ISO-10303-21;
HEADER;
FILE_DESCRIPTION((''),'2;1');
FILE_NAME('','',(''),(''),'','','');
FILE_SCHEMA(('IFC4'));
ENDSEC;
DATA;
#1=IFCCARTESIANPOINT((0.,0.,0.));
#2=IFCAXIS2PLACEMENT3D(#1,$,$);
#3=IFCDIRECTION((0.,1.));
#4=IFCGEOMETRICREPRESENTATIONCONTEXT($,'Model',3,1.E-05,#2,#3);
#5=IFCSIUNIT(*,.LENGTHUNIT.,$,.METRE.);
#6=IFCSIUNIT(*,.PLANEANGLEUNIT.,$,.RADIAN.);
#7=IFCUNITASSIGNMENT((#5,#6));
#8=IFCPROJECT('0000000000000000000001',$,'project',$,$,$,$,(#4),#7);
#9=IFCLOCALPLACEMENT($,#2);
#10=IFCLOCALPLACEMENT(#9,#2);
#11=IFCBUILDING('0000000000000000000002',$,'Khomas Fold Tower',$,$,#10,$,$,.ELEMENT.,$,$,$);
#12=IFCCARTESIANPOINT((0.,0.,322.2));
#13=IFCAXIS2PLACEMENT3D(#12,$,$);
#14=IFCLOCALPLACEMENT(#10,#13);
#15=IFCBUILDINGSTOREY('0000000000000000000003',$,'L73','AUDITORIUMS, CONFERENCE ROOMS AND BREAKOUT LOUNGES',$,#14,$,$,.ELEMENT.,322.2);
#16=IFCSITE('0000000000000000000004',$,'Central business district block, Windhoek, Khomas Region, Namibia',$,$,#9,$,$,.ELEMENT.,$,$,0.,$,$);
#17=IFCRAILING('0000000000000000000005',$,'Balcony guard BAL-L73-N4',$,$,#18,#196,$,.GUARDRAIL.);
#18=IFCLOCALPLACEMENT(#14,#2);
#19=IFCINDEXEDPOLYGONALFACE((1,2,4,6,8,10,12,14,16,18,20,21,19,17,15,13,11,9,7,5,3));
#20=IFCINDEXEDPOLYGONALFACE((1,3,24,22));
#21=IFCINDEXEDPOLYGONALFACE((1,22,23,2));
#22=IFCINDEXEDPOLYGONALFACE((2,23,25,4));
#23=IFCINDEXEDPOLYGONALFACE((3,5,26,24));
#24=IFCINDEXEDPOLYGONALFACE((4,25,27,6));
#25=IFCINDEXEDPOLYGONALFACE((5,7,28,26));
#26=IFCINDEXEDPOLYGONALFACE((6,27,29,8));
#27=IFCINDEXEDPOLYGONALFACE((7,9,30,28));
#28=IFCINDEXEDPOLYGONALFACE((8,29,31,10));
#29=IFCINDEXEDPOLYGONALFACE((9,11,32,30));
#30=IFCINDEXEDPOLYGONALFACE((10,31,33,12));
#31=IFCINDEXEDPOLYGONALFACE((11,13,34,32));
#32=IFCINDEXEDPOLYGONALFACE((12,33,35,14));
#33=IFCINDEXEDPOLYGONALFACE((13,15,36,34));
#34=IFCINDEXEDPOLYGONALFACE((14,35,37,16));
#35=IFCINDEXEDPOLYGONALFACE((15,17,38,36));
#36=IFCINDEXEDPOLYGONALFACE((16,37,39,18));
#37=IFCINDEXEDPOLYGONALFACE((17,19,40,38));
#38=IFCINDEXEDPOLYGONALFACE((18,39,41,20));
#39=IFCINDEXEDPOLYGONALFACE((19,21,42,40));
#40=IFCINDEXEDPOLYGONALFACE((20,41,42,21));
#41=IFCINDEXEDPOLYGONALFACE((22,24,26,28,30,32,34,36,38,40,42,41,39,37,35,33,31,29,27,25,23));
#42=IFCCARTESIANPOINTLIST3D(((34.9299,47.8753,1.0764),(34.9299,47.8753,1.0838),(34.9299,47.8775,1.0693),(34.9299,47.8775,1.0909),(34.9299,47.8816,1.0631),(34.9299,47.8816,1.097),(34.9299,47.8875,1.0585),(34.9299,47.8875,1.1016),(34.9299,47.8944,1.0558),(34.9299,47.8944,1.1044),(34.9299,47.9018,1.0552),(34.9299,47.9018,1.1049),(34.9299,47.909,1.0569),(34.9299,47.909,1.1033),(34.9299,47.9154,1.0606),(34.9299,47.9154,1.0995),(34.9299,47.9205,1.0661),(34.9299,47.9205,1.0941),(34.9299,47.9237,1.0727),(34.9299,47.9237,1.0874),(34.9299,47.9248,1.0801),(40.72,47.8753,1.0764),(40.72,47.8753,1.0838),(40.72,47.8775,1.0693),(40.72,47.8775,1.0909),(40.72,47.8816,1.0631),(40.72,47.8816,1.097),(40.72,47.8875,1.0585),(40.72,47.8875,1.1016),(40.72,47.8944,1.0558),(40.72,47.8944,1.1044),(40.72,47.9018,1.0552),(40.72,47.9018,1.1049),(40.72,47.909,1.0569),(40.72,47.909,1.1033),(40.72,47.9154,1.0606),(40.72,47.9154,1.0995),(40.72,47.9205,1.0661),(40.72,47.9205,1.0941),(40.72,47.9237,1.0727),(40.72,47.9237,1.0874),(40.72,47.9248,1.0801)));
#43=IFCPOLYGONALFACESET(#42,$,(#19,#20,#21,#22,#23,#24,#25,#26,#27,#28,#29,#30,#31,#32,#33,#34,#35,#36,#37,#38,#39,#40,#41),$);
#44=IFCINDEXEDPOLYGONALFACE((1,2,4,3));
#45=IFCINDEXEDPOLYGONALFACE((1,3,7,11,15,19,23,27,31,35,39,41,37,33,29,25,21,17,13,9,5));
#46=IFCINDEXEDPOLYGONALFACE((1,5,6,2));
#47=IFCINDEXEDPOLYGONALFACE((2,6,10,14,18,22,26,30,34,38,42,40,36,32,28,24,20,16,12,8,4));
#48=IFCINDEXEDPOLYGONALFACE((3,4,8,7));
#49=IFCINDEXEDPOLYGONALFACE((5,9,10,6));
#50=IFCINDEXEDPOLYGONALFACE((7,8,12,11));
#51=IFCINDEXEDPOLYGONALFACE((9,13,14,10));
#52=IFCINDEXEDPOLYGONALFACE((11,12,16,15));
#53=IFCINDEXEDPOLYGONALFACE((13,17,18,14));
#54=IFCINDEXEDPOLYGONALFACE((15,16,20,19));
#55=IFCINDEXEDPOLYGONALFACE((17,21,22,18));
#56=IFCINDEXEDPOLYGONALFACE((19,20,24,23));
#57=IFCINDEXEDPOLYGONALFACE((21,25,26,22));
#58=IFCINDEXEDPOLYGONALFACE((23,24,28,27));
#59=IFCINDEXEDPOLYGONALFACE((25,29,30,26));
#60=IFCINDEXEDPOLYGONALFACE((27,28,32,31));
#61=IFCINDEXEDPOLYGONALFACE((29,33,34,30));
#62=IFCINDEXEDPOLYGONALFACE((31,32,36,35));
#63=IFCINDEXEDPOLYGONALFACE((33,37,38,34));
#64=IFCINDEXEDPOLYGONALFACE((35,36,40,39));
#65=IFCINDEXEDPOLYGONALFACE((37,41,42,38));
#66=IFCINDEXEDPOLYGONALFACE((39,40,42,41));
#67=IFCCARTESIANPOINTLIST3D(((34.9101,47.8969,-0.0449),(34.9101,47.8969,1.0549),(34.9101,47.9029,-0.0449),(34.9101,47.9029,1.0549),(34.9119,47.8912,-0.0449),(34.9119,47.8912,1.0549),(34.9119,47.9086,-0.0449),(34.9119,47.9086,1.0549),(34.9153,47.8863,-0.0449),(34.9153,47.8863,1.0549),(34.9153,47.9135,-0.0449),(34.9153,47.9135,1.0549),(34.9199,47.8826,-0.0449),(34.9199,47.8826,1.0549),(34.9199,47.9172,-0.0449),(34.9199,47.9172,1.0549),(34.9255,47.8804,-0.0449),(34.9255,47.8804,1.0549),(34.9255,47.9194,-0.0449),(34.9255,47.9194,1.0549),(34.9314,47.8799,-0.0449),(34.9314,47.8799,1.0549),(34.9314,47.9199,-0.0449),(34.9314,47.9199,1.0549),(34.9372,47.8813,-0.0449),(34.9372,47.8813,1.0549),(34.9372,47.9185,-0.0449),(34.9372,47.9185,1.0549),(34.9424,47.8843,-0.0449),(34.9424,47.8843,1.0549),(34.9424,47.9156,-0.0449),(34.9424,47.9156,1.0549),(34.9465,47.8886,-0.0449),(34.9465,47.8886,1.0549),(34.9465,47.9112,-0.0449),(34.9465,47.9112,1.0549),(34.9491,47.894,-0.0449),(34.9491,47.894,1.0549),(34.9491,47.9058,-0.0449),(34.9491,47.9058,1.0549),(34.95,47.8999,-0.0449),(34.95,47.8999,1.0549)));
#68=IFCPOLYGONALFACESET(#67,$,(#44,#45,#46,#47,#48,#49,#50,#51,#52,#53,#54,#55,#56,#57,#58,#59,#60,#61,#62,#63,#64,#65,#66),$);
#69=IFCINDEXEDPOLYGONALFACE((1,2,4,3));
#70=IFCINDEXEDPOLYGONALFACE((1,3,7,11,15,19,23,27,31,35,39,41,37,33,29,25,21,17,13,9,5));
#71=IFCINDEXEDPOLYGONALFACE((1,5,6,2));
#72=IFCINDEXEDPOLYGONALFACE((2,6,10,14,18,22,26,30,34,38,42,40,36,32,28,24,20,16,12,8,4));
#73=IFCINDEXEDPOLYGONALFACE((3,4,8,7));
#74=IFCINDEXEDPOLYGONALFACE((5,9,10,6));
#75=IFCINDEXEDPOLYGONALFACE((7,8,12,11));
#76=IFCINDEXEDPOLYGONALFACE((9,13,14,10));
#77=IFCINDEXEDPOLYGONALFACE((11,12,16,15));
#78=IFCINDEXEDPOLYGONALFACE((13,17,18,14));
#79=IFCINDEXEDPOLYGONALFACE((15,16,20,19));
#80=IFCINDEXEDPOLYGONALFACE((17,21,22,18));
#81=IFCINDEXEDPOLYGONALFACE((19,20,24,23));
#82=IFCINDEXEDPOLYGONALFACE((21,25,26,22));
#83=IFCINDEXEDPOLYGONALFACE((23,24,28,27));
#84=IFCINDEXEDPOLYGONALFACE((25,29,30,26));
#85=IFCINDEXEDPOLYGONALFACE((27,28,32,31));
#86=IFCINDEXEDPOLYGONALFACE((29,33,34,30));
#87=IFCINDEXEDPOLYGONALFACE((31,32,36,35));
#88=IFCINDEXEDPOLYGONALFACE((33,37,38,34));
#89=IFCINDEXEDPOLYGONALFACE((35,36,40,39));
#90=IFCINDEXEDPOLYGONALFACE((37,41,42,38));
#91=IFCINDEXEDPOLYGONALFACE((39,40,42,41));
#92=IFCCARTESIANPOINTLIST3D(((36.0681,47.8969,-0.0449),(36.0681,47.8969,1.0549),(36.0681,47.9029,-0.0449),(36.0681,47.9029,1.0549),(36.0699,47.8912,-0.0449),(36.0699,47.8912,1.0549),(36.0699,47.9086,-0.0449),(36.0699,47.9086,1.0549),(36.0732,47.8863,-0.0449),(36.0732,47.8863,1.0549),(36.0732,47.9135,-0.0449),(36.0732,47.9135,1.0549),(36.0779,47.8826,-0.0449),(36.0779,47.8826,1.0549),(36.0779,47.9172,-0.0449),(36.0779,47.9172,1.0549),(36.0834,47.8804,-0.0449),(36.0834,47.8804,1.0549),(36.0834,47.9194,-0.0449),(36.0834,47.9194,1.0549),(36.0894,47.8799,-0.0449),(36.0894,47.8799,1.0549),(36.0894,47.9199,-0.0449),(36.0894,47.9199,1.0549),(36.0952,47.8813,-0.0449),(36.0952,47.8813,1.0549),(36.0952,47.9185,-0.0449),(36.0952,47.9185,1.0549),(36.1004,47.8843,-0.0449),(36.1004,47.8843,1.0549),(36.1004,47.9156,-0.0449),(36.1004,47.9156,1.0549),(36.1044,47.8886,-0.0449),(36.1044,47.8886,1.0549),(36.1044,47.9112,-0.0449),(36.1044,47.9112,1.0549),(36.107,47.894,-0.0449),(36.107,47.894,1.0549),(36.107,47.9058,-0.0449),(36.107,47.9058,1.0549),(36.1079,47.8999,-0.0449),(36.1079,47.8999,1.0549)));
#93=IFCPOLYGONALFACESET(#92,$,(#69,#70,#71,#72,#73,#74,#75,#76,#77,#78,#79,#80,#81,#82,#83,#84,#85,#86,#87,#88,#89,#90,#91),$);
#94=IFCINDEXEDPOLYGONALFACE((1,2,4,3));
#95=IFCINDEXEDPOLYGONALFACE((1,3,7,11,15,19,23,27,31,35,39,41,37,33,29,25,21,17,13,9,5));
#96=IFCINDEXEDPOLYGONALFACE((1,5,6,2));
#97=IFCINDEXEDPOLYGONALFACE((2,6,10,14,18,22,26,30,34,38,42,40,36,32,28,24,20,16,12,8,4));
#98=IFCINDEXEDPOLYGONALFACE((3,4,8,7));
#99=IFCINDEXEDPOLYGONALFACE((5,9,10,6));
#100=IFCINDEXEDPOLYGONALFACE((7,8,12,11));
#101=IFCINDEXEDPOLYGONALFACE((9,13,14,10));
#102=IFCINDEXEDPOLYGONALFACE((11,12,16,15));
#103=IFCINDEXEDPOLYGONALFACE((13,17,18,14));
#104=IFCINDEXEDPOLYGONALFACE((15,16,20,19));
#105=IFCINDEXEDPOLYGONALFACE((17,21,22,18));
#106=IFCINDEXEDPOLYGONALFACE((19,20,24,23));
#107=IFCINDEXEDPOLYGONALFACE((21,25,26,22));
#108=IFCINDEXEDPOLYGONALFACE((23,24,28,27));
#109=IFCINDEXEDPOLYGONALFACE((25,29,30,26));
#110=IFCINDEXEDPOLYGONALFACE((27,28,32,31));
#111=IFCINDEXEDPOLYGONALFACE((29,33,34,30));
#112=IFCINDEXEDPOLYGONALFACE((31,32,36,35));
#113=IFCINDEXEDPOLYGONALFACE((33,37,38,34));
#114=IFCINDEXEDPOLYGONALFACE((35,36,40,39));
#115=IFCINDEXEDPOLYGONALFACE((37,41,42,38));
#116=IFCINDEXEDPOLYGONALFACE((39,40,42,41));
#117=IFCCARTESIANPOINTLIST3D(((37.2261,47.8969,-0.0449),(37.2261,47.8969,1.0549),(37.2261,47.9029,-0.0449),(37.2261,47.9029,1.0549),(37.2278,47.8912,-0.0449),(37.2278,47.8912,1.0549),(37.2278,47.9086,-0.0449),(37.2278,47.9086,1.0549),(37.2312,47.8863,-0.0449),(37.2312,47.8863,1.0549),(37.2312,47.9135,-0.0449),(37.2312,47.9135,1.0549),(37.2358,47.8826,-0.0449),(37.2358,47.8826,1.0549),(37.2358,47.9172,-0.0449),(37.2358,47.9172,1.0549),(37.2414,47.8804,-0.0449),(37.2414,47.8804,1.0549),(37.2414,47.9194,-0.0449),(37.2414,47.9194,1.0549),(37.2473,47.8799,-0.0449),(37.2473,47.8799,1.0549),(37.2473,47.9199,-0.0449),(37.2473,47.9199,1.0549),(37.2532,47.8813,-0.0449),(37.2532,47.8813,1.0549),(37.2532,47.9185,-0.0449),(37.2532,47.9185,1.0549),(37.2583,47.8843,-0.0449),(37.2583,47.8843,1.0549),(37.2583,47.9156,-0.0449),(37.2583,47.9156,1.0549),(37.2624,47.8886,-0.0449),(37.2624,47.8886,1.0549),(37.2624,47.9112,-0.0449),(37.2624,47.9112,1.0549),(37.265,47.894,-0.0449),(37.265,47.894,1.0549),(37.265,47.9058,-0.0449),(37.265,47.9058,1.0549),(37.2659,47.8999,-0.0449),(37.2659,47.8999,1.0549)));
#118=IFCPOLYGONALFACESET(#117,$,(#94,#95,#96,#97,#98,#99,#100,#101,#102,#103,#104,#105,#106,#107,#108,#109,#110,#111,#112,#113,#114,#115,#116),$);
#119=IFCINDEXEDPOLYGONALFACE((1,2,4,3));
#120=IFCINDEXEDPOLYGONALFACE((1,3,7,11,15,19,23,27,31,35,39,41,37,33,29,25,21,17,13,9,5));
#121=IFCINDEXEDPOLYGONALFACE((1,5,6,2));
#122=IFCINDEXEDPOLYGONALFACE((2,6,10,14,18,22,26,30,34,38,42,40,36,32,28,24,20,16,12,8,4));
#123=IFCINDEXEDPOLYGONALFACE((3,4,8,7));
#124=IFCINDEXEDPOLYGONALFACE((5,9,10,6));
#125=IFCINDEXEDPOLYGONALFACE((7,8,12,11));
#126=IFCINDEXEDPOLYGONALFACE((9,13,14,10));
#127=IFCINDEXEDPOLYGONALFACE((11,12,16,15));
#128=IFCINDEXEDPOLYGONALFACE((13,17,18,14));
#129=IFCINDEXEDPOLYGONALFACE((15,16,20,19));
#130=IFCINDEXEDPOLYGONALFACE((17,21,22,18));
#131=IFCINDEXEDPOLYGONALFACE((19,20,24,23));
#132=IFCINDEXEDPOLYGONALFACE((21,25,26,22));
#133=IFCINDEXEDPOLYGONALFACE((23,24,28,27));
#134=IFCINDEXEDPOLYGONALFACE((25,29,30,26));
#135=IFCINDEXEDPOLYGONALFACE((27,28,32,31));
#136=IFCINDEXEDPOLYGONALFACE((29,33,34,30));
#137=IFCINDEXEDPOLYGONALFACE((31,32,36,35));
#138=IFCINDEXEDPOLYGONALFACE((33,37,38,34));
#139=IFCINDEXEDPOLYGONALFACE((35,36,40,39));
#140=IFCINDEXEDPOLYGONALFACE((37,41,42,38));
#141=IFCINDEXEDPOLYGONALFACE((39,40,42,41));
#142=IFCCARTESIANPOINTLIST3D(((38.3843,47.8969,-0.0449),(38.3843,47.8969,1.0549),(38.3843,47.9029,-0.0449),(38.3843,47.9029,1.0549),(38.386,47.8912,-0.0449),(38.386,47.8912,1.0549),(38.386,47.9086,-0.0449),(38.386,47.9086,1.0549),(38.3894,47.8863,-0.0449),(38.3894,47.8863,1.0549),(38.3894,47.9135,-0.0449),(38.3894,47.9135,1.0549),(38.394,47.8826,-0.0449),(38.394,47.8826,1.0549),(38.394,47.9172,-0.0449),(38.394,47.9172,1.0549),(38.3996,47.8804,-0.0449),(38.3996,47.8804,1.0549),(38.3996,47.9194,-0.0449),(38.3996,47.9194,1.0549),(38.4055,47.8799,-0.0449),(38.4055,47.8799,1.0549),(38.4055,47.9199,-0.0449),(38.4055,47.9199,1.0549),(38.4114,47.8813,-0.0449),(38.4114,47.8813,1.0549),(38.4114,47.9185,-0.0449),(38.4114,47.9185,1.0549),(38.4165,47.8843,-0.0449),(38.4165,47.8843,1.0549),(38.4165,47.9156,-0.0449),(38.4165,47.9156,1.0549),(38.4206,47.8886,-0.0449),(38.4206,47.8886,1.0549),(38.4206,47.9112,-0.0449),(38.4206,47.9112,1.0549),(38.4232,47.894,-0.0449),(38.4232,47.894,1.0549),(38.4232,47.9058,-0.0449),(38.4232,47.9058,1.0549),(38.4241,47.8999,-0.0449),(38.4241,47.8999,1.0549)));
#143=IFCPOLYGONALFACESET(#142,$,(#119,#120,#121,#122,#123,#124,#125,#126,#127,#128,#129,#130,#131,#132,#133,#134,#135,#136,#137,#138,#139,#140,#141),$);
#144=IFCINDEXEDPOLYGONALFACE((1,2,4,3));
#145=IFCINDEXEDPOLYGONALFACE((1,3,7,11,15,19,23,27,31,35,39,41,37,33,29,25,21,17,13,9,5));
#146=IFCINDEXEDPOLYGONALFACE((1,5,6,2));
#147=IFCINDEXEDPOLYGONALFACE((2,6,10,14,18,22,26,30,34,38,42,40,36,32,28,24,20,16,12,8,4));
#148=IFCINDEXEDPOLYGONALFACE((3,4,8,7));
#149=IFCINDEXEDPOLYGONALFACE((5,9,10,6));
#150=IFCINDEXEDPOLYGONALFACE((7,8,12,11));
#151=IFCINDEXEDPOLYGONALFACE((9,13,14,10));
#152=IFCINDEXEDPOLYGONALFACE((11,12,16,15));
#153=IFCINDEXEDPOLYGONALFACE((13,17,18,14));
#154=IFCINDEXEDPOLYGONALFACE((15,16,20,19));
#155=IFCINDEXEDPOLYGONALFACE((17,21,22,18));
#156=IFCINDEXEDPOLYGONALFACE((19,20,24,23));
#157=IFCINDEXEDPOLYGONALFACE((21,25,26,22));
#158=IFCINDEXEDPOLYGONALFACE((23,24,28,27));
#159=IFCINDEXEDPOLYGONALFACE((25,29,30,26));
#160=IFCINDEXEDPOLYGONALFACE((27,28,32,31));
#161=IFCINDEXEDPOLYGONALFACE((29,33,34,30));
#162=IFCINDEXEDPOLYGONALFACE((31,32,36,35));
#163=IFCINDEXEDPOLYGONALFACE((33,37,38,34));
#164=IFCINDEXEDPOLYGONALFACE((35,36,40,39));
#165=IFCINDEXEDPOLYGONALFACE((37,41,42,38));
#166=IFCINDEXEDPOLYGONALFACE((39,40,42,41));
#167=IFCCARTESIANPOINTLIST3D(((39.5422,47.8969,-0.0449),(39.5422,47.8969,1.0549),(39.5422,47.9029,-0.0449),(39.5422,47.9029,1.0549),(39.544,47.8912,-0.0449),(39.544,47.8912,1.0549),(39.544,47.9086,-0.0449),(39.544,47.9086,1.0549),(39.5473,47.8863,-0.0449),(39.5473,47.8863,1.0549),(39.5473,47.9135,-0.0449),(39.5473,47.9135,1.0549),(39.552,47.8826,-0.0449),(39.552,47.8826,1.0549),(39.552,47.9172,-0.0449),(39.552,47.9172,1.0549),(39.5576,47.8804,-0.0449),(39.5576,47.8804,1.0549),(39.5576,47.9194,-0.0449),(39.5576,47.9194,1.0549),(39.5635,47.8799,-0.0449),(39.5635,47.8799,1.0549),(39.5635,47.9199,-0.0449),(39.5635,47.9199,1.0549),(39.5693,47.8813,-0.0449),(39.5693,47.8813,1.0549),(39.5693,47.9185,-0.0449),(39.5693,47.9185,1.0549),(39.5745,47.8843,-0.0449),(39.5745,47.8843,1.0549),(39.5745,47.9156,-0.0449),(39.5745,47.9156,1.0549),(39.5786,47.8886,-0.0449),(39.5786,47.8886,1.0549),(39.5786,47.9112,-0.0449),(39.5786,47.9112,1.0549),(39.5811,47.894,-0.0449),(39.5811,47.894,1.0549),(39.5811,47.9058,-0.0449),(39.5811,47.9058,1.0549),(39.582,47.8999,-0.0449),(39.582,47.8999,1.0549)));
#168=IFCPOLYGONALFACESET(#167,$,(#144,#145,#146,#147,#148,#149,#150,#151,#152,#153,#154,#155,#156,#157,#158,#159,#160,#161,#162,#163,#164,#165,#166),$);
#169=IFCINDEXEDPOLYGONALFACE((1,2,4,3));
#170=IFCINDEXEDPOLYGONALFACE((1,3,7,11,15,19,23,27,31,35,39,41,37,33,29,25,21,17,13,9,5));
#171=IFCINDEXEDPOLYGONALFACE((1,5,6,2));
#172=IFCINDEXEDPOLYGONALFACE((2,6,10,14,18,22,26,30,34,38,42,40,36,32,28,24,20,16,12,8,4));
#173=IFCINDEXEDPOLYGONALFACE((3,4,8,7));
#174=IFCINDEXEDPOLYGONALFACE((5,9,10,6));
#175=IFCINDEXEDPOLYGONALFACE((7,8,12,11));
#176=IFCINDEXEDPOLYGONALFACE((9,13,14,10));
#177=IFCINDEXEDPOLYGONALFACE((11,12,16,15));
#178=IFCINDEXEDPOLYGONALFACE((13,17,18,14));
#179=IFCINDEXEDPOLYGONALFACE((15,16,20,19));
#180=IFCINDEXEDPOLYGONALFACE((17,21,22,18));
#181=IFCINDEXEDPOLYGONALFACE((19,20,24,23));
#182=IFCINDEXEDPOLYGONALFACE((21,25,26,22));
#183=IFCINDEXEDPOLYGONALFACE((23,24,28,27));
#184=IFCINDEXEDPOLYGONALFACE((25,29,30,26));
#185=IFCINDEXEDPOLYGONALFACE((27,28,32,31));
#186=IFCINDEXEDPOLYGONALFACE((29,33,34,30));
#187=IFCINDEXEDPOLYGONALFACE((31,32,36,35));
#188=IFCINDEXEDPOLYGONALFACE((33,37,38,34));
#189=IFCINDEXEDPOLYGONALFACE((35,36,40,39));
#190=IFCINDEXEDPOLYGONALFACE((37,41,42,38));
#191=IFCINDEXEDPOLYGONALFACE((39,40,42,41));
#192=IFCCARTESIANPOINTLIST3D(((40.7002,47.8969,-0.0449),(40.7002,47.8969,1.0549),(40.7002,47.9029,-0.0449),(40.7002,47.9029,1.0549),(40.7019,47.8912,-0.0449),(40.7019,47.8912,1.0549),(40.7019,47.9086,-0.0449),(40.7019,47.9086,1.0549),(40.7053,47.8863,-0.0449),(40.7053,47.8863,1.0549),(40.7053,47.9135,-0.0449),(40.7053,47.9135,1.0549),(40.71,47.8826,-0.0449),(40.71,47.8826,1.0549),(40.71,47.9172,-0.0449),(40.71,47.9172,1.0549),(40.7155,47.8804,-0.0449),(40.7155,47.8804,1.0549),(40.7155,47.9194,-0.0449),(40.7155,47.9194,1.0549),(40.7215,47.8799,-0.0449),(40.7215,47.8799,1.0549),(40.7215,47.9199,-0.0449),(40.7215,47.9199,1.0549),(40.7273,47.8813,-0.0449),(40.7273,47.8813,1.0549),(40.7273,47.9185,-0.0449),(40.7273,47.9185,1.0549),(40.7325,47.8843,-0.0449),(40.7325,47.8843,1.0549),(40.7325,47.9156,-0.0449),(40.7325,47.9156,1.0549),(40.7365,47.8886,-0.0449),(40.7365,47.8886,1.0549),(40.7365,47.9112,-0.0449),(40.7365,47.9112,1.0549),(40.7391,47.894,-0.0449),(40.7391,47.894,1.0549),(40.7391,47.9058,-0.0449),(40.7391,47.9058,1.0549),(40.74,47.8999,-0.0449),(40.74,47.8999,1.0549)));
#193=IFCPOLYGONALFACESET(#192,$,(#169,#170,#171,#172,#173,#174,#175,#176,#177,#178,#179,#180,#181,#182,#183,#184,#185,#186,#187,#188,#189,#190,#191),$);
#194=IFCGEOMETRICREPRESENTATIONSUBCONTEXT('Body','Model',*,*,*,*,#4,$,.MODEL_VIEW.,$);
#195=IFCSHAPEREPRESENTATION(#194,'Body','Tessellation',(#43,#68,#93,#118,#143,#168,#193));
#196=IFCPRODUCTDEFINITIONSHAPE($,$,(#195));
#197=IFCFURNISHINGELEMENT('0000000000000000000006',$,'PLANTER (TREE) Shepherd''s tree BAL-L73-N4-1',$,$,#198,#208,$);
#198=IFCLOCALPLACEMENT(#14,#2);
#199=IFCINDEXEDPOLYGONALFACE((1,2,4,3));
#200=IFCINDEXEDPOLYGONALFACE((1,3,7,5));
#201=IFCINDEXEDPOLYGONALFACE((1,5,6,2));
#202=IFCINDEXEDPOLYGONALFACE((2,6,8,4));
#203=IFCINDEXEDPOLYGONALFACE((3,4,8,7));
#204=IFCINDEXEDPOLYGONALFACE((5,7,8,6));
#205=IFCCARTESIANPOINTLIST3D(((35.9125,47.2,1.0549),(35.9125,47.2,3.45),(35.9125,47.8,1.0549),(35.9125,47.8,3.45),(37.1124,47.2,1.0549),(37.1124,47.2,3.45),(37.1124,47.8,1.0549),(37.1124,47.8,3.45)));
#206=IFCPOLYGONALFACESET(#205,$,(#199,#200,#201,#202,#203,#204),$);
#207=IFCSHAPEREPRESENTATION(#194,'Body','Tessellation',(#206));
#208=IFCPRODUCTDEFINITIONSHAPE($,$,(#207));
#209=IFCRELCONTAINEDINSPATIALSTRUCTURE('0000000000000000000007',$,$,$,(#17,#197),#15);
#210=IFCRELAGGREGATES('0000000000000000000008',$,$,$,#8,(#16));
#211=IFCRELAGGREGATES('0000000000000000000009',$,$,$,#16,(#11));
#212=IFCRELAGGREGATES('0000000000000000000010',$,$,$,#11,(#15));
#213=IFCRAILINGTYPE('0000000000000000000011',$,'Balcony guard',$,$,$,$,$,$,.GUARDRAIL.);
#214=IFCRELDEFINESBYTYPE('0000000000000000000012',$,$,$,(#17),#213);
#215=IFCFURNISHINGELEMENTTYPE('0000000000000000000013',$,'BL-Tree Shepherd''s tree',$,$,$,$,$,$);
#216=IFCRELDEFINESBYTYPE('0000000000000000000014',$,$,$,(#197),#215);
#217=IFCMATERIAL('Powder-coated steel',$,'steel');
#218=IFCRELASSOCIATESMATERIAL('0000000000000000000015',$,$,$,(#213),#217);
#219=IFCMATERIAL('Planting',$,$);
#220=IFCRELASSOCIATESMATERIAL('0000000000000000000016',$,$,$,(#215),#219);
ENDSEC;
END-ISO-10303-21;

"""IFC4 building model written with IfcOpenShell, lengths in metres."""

from ifc_helpers import new_model, si_unit, direction, frame, origin, origin_2d, place, context, subcontext, project, spatial, rectangle, circle, extrude, source, transform, mapped, material, type_object, element, save


model = new_model("IFC4")

# Units and contexts
model_context = context("Model", 3, precision=1e-05, world=origin(), true_north=direction((0.0, 1.0)))
body_context = subcontext(model_context, "Body", "Model", "MODEL_VIEW")
ifc_project = project(units=[si_unit("LENGTHUNIT", "METRE"), si_unit("PLANEANGLEUNIT", "RADIAN")], contexts=[model_context])

# Site, building, storey
site_placement = place(None, origin())
site = spatial("IfcSite", under=ifc_project, at=site_placement, Name="Central business district block, Windhoek, Khomas Region, Namibia", CompositionType="ELEMENT", RefElevation=0.0)
building_placement = place(site_placement, origin())
building = spatial("IfcBuilding", under=site, at=building_placement, Name="Khomas Fold Tower", CompositionType="ELEMENT")
storey_placement = place(building_placement, frame((0.0, 0.0, 322.2)))
storey = spatial("IfcBuildingStorey", under=building, at=storey_placement, Name="L73", Description="AUDITORIUMS, CONFERENCE ROOMS AND BREAKOUT LOUNGES", CompositionType="ELEMENT", Elevation=322.2)

# Railing
ifc_material_1 = material(Name="Powder-coated steel", Category="steel")
railing_type = type_object("IfcRailingType", Name="Balcony guard", PredefinedType="GUARDRAIL", material=ifc_material_1)
shared_shape_1 = source(origin(), body_context, "Body", "SweptSolid", [
    extrude(circle(Radius=0.0249, at=origin_2d()), frame((0.0, 0.0, 1.125), z_axis=(1.0, 0.0, 0.0), x_axis=(0.0, 1.0, 0.0)), (0.0, 0.0, 1.0), 5.79),
    extrude(circle(Radius=0.02, at=origin_2d()), origin(), (0.0, 0.0, 1.0), 1.0999),
    extrude(circle(Radius=0.02, at=origin_2d()), frame((1.158, 0.0, 0.0)), (0.0, 0.0, 1.0), 1.0999),
    extrude(circle(Radius=0.02, at=origin_2d()), frame((2.3159, 0.0, 0.0)), (0.0, 0.0, 1.0), 1.0999),
    extrude(circle(Radius=0.02, at=origin_2d()), frame((3.4741, 0.0, 0.0)), (0.0, 0.0, 1.0), 1.0999),
    extrude(circle(Radius=0.02, at=origin_2d()), frame((4.6321, 0.0, 0.0)), (0.0, 0.0, 1.0), 1.0999),
    extrude(circle(Radius=0.02, at=origin_2d()), frame((5.79, 0.0, 0.0)), (0.0, 0.0, 1.0), 1.0999),
])
railing_placement = place(storey_placement, frame((34.9299, 47.8999, -0.0449)))
element("IfcRailing", 1, at=railing_placement, inside=storey, type_object=railing_type, Name="Balcony guard BAL-L73-N4", PredefinedType="GUARDRAIL", context=body_context, shape_type="MappedRepresentation", body=[
    mapped(shared_shape_1, transform((0.0, 0.0, 0.0))),
])

# Furnishing element
ifc_material_2 = material(Name="Planting")
furnishing_element_type_1 = type_object("IfcFurnishingElementType", Name="BL-Tree Shepherd's tree", material=ifc_material_2)
shared_shape_2 = source(origin(), body_context, "Body", "SweptSolid", [
    extrude(rectangle(XDim=1.2, YDim=0.6001, at=origin_2d()), origin(), (0.0, 0.0, 1.0), 2.395),
])
furnishing_1_placement = place(storey_placement, frame((36.5125, 47.5, 1.0549), z_axis=(0.0, 0.0, 1.0), x_axis=(1.0, 0.0, 0.0)))
element("IfcFurnishingElement", 2, at=furnishing_1_placement, inside=storey, type_object=furnishing_element_type_1, Name="PLANTER (TREE) Shepherd's tree BAL-L73-N4-1", context=body_context, shape_type="MappedRepresentation", body=[
    mapped(shared_shape_2, transform((0.0, 0.0, 0.0))),
])

save(model, "model.ifc")
